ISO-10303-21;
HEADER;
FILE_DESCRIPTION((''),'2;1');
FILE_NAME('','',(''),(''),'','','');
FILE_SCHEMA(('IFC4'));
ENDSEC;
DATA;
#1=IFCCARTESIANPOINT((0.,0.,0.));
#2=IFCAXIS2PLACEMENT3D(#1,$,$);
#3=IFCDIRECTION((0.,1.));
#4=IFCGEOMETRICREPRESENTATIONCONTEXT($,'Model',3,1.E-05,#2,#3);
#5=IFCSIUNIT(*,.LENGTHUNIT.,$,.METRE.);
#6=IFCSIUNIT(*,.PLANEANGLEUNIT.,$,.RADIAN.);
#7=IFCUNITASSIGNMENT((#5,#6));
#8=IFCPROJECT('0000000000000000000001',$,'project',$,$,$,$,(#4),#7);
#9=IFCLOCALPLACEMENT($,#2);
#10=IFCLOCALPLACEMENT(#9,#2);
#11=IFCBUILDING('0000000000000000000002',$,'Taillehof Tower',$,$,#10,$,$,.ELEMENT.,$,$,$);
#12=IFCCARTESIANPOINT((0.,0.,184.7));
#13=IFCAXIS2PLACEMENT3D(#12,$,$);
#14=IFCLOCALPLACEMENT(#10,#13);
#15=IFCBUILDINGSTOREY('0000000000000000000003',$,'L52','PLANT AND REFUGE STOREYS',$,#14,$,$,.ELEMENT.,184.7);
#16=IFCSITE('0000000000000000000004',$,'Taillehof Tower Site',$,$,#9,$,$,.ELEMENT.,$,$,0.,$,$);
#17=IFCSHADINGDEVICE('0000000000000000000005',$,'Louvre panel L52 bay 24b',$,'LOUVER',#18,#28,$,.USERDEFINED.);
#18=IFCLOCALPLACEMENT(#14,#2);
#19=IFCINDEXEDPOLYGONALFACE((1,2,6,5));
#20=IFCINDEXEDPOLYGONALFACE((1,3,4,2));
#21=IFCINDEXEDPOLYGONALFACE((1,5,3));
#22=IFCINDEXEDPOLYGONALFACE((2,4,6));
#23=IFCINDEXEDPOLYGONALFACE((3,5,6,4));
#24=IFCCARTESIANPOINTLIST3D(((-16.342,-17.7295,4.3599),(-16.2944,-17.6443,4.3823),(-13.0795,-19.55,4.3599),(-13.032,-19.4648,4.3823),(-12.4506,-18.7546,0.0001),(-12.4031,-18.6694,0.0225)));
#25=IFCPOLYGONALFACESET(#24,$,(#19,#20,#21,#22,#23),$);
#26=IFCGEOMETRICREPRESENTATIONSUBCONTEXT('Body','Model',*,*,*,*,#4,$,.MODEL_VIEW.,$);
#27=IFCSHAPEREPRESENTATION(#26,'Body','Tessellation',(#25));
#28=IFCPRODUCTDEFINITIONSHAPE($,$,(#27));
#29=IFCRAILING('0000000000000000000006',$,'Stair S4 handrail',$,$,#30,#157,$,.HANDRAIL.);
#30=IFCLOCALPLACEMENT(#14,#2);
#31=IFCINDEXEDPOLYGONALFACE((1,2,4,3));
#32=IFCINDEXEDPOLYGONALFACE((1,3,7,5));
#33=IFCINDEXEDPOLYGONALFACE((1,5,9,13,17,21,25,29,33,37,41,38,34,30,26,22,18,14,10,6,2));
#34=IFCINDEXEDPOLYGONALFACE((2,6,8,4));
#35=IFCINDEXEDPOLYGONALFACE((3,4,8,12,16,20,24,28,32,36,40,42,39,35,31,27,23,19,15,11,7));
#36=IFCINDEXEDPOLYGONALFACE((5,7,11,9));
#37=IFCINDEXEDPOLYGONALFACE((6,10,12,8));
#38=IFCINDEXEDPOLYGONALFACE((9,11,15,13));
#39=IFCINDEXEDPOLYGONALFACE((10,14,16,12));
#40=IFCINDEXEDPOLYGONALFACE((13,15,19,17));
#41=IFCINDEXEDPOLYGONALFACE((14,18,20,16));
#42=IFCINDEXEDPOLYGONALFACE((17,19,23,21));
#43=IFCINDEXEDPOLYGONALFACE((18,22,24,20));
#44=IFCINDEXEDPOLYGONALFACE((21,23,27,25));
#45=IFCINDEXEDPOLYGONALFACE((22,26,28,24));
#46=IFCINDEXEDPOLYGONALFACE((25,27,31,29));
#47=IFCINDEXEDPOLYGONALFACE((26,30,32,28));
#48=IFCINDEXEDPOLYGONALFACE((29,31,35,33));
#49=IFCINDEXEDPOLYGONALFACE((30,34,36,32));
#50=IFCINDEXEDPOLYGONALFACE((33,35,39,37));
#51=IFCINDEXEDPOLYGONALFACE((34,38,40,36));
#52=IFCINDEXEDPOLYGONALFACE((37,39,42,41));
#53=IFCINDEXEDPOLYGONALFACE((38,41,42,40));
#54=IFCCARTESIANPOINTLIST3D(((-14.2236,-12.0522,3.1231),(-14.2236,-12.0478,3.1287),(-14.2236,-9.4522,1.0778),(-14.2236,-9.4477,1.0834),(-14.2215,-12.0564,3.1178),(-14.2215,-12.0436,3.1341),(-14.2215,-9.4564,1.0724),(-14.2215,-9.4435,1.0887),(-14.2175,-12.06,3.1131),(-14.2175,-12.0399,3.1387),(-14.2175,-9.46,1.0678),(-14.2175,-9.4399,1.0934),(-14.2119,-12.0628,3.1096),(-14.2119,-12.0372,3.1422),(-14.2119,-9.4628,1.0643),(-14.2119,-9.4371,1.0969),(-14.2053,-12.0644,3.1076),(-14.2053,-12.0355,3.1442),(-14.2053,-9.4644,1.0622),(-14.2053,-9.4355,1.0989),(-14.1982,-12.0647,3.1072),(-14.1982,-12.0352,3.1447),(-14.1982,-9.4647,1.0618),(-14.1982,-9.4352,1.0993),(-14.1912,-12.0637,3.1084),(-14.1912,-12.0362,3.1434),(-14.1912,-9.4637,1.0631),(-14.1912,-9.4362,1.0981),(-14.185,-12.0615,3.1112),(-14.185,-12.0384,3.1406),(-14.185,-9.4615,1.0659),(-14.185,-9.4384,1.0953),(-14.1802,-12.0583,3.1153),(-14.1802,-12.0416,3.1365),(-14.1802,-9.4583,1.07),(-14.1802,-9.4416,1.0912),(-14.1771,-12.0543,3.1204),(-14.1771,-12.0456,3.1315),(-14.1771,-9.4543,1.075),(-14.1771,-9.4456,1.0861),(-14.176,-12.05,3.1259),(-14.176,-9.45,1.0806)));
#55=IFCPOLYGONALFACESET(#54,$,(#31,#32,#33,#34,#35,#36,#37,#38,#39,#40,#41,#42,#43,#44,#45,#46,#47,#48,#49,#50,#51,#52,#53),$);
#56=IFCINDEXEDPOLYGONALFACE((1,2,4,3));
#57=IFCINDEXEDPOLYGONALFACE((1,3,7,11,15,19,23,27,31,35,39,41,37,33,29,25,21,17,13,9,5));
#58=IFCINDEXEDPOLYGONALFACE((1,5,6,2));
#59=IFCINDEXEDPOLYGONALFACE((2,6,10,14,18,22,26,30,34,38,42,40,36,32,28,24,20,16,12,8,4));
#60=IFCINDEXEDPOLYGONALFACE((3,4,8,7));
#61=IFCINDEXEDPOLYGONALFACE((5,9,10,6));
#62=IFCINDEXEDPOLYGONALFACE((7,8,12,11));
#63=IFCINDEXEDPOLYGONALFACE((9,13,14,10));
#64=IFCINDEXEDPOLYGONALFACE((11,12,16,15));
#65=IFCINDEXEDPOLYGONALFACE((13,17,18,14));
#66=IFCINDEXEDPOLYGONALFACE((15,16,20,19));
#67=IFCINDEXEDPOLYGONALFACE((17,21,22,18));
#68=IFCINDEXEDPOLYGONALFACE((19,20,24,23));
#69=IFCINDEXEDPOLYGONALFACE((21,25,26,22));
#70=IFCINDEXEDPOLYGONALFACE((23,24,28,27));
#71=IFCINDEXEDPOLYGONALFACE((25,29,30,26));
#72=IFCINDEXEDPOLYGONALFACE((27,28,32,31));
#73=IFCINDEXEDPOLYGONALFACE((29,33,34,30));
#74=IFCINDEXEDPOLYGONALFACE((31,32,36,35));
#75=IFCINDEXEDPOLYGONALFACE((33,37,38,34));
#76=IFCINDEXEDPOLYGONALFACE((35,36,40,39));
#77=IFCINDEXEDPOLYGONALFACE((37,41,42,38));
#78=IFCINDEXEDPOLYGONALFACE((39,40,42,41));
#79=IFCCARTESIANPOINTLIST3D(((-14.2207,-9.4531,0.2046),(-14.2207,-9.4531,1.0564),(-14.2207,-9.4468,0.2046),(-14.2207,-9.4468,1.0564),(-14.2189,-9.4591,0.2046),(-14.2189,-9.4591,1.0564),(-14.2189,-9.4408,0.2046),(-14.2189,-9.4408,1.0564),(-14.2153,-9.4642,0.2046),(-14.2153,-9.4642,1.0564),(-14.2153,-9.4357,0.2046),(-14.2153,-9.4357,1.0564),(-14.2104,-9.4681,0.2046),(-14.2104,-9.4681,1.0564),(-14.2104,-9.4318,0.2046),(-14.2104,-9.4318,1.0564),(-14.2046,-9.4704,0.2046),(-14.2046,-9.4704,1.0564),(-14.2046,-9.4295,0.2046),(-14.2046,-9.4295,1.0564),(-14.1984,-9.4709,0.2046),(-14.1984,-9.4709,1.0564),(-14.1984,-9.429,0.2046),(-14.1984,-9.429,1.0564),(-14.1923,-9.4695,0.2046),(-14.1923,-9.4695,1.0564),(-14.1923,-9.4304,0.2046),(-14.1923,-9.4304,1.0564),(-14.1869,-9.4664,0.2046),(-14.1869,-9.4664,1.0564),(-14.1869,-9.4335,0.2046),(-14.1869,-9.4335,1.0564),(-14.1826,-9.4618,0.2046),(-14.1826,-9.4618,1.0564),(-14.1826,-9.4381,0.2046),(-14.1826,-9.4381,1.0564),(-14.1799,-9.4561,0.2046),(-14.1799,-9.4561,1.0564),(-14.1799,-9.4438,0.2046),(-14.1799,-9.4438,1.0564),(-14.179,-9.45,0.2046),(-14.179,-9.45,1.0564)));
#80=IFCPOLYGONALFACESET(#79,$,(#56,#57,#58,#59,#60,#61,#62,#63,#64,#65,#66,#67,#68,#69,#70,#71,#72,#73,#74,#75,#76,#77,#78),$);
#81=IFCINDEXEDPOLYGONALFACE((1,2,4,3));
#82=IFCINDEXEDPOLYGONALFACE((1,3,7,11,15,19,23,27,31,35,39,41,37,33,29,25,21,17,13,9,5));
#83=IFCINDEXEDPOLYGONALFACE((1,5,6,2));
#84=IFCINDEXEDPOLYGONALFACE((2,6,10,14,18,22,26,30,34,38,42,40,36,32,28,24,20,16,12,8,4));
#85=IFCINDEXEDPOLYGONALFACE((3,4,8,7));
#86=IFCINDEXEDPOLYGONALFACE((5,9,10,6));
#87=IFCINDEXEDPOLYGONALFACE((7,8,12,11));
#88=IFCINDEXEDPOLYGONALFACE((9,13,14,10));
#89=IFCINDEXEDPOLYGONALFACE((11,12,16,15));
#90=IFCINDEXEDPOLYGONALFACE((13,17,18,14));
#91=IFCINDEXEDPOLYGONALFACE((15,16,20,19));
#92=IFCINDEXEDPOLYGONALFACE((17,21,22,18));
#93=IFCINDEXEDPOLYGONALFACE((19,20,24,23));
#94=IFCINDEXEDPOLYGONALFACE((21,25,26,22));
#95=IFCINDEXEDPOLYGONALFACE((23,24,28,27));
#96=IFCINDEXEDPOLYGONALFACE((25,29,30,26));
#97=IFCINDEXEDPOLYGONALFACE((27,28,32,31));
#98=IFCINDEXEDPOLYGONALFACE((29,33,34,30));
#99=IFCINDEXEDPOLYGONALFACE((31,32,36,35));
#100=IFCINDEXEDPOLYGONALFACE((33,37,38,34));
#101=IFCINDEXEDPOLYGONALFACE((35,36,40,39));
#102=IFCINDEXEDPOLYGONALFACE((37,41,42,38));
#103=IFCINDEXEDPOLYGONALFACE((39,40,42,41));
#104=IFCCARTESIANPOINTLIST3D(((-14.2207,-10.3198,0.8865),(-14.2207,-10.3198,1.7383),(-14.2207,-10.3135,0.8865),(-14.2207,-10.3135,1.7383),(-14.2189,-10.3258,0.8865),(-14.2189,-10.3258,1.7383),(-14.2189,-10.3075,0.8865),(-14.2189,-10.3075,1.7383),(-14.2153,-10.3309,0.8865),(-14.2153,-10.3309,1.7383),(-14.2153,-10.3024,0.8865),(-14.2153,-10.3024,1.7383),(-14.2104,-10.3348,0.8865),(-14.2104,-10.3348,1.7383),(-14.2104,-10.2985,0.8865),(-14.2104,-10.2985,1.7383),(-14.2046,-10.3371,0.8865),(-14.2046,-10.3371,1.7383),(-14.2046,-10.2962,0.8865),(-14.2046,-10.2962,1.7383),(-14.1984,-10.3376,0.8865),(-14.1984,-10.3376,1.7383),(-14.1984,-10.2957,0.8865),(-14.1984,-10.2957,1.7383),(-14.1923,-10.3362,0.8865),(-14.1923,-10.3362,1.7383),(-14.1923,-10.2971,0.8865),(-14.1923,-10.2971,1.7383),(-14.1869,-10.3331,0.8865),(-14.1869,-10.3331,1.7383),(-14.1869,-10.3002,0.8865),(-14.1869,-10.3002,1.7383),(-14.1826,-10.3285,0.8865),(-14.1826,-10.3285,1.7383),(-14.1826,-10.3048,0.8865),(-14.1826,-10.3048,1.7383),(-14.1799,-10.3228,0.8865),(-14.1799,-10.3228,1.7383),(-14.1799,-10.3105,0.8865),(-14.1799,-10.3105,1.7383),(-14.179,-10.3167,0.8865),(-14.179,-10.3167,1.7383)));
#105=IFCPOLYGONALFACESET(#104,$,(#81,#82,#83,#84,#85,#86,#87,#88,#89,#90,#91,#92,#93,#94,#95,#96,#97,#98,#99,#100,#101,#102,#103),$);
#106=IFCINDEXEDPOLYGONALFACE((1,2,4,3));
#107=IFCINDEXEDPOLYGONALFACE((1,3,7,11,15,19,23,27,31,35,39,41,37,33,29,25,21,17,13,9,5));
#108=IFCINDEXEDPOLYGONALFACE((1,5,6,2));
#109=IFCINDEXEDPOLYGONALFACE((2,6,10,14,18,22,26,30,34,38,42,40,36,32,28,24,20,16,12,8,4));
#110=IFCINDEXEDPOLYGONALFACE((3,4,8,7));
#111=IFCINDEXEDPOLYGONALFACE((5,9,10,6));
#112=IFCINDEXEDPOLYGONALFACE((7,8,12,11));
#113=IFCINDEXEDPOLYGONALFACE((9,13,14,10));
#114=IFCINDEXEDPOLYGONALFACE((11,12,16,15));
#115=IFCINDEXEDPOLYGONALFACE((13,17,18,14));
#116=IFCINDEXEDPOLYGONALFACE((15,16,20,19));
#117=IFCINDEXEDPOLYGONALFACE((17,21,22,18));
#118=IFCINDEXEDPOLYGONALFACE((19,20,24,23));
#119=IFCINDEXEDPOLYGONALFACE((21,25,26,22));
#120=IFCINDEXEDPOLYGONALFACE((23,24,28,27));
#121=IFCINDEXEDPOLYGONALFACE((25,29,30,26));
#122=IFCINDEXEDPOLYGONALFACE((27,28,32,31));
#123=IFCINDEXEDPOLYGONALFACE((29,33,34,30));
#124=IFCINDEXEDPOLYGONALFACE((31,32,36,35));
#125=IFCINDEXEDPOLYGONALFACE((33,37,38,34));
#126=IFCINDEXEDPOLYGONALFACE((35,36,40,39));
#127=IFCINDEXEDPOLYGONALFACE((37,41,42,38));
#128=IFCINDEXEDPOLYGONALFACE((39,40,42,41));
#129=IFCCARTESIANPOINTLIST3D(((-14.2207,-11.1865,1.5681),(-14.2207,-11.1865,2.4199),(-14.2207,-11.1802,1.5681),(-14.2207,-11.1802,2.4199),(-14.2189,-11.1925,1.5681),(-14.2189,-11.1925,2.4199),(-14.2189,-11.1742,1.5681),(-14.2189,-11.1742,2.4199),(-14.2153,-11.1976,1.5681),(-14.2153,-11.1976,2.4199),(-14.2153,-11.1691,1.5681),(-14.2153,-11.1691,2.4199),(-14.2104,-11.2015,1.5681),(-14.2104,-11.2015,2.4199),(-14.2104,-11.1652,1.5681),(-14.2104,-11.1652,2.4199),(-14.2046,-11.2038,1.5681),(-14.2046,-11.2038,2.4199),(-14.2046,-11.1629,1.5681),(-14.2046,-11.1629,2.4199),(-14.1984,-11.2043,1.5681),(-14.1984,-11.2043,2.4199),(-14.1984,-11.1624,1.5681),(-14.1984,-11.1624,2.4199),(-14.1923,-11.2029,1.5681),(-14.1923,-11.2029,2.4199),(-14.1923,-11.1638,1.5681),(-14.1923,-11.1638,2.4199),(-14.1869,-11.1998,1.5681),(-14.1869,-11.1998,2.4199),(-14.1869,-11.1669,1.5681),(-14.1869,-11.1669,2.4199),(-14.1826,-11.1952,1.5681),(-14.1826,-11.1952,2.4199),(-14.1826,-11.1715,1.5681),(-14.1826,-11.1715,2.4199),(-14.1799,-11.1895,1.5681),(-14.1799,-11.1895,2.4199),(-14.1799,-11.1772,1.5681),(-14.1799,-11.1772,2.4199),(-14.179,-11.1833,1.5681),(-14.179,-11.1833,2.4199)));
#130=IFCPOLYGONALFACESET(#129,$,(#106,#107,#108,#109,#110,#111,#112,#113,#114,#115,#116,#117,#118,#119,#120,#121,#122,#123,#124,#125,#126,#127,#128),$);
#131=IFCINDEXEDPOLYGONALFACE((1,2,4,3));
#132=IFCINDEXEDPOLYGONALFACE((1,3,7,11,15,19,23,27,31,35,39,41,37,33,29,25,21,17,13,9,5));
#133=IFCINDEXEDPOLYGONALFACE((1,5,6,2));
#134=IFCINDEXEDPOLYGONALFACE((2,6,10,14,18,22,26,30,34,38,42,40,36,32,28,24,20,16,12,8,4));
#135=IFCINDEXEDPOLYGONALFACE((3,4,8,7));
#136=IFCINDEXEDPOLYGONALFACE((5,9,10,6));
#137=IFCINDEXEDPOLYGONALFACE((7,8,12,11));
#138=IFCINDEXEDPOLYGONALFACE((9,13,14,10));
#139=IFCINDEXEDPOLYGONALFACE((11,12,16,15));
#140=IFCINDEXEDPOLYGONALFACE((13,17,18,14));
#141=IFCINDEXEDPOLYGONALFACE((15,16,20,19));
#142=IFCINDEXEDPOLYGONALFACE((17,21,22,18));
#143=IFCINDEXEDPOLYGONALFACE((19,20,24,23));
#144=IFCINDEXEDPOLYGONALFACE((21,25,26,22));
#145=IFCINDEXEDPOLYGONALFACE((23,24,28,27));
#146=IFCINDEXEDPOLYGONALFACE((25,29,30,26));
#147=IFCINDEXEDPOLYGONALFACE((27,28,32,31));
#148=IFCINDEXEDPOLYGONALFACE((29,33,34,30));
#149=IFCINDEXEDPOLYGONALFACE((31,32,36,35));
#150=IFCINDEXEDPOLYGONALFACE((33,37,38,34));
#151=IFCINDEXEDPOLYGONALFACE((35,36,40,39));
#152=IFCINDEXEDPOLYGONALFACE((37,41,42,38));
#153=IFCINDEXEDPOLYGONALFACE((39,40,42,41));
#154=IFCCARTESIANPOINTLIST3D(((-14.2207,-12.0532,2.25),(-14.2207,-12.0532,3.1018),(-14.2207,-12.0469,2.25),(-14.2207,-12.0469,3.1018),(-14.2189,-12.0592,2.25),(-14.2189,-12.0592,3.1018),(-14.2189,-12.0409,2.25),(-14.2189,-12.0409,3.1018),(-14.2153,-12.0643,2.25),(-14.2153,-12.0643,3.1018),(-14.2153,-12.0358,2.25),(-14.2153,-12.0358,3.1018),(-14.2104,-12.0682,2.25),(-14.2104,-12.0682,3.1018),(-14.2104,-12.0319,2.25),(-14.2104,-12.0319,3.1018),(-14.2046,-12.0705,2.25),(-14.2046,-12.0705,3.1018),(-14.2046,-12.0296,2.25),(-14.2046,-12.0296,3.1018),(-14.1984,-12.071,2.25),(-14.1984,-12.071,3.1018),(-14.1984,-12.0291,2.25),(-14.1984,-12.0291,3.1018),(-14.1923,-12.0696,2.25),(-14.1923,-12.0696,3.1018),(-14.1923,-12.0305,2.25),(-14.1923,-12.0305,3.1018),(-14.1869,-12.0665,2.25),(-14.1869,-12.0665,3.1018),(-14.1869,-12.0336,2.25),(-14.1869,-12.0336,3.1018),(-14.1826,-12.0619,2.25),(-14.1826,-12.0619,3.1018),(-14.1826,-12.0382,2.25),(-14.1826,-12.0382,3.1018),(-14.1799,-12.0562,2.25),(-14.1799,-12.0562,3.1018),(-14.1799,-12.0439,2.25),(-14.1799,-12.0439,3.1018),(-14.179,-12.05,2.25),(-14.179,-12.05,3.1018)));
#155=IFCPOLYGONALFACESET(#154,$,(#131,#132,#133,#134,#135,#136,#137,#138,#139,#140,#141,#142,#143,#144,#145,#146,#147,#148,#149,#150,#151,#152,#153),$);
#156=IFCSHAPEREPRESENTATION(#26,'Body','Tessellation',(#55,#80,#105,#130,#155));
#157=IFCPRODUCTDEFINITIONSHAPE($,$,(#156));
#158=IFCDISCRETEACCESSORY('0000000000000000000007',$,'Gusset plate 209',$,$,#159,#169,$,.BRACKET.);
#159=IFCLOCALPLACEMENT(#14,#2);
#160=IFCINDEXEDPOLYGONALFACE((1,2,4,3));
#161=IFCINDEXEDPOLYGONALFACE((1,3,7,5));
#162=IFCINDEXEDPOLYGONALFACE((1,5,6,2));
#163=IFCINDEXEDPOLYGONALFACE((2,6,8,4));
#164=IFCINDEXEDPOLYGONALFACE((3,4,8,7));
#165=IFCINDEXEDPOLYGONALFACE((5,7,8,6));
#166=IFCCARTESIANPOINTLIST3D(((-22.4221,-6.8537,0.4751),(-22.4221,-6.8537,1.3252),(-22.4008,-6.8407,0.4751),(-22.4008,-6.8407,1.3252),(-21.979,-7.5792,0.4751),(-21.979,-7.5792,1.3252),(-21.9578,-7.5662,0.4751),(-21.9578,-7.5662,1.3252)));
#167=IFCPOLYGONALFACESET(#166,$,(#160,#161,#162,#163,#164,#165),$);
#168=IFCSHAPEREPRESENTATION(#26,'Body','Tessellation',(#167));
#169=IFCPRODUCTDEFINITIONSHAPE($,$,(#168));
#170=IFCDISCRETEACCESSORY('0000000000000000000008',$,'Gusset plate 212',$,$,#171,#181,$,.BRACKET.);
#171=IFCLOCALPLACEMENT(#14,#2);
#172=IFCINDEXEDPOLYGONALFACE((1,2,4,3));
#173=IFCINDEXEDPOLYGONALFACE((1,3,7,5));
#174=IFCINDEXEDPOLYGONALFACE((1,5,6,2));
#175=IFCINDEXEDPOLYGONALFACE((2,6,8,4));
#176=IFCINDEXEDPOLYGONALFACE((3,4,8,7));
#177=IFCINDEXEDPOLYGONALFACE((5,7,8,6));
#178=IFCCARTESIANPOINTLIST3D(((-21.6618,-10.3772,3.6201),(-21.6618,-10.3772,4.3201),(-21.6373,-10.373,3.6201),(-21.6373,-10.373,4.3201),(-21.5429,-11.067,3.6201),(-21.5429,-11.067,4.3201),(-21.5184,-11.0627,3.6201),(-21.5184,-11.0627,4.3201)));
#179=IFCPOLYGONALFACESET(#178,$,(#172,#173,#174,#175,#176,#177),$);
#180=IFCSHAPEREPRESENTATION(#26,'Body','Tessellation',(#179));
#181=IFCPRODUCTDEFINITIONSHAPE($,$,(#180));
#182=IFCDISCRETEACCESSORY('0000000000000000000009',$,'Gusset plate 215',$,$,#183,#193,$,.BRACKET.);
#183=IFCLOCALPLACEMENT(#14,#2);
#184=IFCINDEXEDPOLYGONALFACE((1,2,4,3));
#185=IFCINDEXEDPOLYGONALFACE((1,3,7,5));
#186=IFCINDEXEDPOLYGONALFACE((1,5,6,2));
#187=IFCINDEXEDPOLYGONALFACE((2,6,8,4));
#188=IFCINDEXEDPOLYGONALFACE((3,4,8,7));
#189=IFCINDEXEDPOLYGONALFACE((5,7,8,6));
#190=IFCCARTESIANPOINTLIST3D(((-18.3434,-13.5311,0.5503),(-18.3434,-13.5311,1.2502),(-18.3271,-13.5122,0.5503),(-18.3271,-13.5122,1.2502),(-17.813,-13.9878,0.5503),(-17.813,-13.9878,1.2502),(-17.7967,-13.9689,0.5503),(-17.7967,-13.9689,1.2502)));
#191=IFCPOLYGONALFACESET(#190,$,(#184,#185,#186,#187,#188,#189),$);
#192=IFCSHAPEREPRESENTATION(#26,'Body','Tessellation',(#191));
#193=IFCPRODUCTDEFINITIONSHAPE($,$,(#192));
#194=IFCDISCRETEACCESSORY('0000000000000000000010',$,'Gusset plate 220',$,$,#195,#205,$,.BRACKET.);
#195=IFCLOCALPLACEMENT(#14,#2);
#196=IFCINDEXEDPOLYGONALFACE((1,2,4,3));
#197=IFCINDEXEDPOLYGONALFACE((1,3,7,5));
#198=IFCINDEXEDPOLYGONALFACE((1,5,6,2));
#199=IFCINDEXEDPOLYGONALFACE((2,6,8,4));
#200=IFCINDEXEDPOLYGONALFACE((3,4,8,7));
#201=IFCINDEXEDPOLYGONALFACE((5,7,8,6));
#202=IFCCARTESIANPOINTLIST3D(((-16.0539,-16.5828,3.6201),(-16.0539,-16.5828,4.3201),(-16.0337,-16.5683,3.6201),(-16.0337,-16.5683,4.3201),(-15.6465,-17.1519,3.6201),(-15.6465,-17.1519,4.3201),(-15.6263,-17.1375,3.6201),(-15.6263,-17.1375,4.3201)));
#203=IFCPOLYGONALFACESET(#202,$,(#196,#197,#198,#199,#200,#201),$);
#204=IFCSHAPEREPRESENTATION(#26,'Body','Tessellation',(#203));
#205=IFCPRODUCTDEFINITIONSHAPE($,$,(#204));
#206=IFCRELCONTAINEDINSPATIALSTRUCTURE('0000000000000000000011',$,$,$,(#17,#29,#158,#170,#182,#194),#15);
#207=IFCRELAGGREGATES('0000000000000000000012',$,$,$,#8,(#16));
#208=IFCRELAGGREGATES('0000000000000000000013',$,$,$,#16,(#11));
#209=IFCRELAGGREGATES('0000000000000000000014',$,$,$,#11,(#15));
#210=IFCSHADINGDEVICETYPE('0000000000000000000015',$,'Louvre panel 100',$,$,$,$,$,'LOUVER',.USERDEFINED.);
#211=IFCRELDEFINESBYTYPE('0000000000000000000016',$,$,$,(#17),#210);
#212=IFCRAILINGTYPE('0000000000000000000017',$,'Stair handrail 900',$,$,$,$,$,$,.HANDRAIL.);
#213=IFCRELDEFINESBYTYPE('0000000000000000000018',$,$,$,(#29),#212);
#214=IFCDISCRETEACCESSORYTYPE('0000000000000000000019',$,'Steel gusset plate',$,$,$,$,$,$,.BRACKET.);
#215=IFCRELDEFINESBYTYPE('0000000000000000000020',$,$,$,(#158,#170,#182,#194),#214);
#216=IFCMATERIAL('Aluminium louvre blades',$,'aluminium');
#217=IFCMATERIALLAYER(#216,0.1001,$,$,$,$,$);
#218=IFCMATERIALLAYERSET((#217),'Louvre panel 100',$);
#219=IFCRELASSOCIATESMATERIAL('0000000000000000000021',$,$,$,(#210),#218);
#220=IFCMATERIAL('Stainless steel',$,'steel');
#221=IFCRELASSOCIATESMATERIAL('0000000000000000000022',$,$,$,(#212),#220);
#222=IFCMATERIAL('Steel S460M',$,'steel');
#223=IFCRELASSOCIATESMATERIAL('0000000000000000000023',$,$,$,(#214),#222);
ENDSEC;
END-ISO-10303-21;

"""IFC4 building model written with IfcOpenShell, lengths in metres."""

from ifc_helpers import new_model, si_unit, direction, frame, origin, origin_2d, place, context, subcontext, project, spatial, polyline, rectangle, circle, outline, extrude, material, layer, layer_set, type_object, element, save


model = new_model("IFC4")

# Units and contexts
model_context = context("Model", 3, precision=1e-05, world=origin(), true_north=direction((0.0, 1.0)))
body_context = subcontext(model_context, "Body", "Model", "MODEL_VIEW")
ifc_project = project(units=[si_unit("LENGTHUNIT", "METRE"), si_unit("PLANEANGLEUNIT", "RADIAN")], contexts=[model_context])

# Site, building, storey
site_placement = place(None, origin())
site = spatial("IfcSite", under=ifc_project, at=site_placement, Name="Taillehof Tower Site", CompositionType="ELEMENT", RefElevation=0.0)
building_placement = place(site_placement, origin())
building = spatial("IfcBuilding", under=site, at=building_placement, Name="Taillehof Tower", CompositionType="ELEMENT")
storey_placement = place(building_placement, frame((0.0, 0.0, 184.7)))
storey = spatial("IfcBuildingStorey", under=building, at=storey_placement, Name="L52", Description="PLANT AND REFUGE STOREYS", CompositionType="ELEMENT", Elevation=184.7)

# Shading device
ifc_material_1 = material(Name="Aluminium louvre blades", Category="aluminium")
ifc_layer_1 = layer(ifc_material_1, 0.1001)
ifc_layer_set_1 = layer_set([ifc_layer_1], Name="Louvre panel 100")
shading_device_type = type_object("IfcShadingDeviceType", Name="Louvre panel 100", ElementType="LOUVER", PredefinedType="USERDEFINED", material=ifc_layer_set_1)
shading_device_1_placement = place(storey_placement, frame((-12.4031, -18.6694, 0.0225), z_axis=(0.474937, 0.851091, 0.223782), x_axis=(-0.140499, -0.177697, 0.974004)))
element("IfcShadingDevice", 1, at=shading_device_1_placement, inside=storey, type_object=shading_device_type, Name="Louvre panel L52 bay 24b", ObjectType="LOUVER", PredefinedType="USERDEFINED", context=body_context, shape_type="SweptSolid", body=[
    extrude(outline(polyline([(0.0, 0.0), (4.4762, 0.0), (4.6111, -3.7336), (0.0, 0.0)])), origin(), (0.0, 0.0, -1.0), 0.1001),
])

# Railing
ifc_material_2 = material(Name="Stainless steel", Category="steel")
railing_type = type_object("IfcRailingType", Name="Stair handrail 900", PredefinedType="HANDRAIL", material=ifc_material_2)
railing_placement = place(storey_placement, frame((-14.2, -9.45, 0.2046)))
element("IfcRailing", 2, at=railing_placement, inside=storey, type_object=railing_type, Name="Stair S4 handrail", PredefinedType="HANDRAIL", context=body_context, shape_type="SweptSolid", body=[
    extrude(circle(Radius=0.0239, at=origin_2d()), frame((0.0, 0.0, 0.876), z_axis=(0.0, -0.785955, 0.618284), x_axis=(1.0, 0.0, 0.0)), (0.0, 0.0, 1.0), 3.3081),
    extrude(circle(Radius=0.021, at=origin_2d()), origin(), (0.0, 0.0, 1.0), 0.8518),
    extrude(circle(Radius=0.021, at=origin_2d()), frame((0.0, -0.8667, 0.6819)), (0.0, 0.0, 1.0), 0.8518),
    extrude(circle(Radius=0.021, at=origin_2d()), frame((0.0, -1.7334, 1.3635)), (0.0, 0.0, 1.0), 0.8518),
    extrude(circle(Radius=0.021, at=origin_2d()), frame((0.0, -2.6001, 2.0454)), (0.0, 0.0, 1.0), 0.8518),
])

# Discrete accessories
ifc_material_3 = material(Name="Steel S460M", Category="steel")
discrete_accessory_type = type_object("IfcDiscreteAccessoryType", Name="Steel gusset plate", PredefinedType="BRACKET", material=ifc_material_3)
discrete_accessory_placement = place(storey_placement, frame((-22.1899, -7.21, 0.4751), z_axis=(0.0, 0.0, 1.0), x_axis=(0.521182, -0.853445, 0.0)))
element("IfcDiscreteAccessory", 3, at=discrete_accessory_placement, inside=storey, type_object=discrete_accessory_type, Name="Gusset plate 209", PredefinedType="BRACKET", context=body_context, shape_type="SweptSolid", body=[
    extrude(rectangle(XDim=0.8501, YDim=0.0249, at=origin_2d()), origin(), (0.0, 0.0, 1.0), 0.8501),
])
for number, where, z_axis, x_axis, name in (
    (4, (-21.5901, -10.72, 3.6201), (0.0, 0.0, 1.0), (0.169893, -0.985463, 0.0), "Gusset plate 212"),
    (5, (-18.0701, -13.75, 0.5503), (0.0, 0.0, 1.0), (0.757775, -0.652516, 0.0), "Gusset plate 215"),
    (6, (-15.8401, -16.8601, 3.6201), (0.0, 0.0, 1.0), (0.582021, -0.813174, 0.0), "Gusset plate 220"),
):
    element("IfcDiscreteAccessory", number, at=place(storey_placement, frame(where, z_axis=z_axis, x_axis=x_axis)), inside=storey, type_object=discrete_accessory_type, Name=name, PredefinedType="BRACKET", context=body_context, shape_type="SweptSolid", body=[
        extrude(rectangle(XDim=0.7, YDim=0.0249, at=origin_2d()), origin(), (0.0, 0.0, 1.0), 0.7),
    ])

save(model, "model.ifc")
